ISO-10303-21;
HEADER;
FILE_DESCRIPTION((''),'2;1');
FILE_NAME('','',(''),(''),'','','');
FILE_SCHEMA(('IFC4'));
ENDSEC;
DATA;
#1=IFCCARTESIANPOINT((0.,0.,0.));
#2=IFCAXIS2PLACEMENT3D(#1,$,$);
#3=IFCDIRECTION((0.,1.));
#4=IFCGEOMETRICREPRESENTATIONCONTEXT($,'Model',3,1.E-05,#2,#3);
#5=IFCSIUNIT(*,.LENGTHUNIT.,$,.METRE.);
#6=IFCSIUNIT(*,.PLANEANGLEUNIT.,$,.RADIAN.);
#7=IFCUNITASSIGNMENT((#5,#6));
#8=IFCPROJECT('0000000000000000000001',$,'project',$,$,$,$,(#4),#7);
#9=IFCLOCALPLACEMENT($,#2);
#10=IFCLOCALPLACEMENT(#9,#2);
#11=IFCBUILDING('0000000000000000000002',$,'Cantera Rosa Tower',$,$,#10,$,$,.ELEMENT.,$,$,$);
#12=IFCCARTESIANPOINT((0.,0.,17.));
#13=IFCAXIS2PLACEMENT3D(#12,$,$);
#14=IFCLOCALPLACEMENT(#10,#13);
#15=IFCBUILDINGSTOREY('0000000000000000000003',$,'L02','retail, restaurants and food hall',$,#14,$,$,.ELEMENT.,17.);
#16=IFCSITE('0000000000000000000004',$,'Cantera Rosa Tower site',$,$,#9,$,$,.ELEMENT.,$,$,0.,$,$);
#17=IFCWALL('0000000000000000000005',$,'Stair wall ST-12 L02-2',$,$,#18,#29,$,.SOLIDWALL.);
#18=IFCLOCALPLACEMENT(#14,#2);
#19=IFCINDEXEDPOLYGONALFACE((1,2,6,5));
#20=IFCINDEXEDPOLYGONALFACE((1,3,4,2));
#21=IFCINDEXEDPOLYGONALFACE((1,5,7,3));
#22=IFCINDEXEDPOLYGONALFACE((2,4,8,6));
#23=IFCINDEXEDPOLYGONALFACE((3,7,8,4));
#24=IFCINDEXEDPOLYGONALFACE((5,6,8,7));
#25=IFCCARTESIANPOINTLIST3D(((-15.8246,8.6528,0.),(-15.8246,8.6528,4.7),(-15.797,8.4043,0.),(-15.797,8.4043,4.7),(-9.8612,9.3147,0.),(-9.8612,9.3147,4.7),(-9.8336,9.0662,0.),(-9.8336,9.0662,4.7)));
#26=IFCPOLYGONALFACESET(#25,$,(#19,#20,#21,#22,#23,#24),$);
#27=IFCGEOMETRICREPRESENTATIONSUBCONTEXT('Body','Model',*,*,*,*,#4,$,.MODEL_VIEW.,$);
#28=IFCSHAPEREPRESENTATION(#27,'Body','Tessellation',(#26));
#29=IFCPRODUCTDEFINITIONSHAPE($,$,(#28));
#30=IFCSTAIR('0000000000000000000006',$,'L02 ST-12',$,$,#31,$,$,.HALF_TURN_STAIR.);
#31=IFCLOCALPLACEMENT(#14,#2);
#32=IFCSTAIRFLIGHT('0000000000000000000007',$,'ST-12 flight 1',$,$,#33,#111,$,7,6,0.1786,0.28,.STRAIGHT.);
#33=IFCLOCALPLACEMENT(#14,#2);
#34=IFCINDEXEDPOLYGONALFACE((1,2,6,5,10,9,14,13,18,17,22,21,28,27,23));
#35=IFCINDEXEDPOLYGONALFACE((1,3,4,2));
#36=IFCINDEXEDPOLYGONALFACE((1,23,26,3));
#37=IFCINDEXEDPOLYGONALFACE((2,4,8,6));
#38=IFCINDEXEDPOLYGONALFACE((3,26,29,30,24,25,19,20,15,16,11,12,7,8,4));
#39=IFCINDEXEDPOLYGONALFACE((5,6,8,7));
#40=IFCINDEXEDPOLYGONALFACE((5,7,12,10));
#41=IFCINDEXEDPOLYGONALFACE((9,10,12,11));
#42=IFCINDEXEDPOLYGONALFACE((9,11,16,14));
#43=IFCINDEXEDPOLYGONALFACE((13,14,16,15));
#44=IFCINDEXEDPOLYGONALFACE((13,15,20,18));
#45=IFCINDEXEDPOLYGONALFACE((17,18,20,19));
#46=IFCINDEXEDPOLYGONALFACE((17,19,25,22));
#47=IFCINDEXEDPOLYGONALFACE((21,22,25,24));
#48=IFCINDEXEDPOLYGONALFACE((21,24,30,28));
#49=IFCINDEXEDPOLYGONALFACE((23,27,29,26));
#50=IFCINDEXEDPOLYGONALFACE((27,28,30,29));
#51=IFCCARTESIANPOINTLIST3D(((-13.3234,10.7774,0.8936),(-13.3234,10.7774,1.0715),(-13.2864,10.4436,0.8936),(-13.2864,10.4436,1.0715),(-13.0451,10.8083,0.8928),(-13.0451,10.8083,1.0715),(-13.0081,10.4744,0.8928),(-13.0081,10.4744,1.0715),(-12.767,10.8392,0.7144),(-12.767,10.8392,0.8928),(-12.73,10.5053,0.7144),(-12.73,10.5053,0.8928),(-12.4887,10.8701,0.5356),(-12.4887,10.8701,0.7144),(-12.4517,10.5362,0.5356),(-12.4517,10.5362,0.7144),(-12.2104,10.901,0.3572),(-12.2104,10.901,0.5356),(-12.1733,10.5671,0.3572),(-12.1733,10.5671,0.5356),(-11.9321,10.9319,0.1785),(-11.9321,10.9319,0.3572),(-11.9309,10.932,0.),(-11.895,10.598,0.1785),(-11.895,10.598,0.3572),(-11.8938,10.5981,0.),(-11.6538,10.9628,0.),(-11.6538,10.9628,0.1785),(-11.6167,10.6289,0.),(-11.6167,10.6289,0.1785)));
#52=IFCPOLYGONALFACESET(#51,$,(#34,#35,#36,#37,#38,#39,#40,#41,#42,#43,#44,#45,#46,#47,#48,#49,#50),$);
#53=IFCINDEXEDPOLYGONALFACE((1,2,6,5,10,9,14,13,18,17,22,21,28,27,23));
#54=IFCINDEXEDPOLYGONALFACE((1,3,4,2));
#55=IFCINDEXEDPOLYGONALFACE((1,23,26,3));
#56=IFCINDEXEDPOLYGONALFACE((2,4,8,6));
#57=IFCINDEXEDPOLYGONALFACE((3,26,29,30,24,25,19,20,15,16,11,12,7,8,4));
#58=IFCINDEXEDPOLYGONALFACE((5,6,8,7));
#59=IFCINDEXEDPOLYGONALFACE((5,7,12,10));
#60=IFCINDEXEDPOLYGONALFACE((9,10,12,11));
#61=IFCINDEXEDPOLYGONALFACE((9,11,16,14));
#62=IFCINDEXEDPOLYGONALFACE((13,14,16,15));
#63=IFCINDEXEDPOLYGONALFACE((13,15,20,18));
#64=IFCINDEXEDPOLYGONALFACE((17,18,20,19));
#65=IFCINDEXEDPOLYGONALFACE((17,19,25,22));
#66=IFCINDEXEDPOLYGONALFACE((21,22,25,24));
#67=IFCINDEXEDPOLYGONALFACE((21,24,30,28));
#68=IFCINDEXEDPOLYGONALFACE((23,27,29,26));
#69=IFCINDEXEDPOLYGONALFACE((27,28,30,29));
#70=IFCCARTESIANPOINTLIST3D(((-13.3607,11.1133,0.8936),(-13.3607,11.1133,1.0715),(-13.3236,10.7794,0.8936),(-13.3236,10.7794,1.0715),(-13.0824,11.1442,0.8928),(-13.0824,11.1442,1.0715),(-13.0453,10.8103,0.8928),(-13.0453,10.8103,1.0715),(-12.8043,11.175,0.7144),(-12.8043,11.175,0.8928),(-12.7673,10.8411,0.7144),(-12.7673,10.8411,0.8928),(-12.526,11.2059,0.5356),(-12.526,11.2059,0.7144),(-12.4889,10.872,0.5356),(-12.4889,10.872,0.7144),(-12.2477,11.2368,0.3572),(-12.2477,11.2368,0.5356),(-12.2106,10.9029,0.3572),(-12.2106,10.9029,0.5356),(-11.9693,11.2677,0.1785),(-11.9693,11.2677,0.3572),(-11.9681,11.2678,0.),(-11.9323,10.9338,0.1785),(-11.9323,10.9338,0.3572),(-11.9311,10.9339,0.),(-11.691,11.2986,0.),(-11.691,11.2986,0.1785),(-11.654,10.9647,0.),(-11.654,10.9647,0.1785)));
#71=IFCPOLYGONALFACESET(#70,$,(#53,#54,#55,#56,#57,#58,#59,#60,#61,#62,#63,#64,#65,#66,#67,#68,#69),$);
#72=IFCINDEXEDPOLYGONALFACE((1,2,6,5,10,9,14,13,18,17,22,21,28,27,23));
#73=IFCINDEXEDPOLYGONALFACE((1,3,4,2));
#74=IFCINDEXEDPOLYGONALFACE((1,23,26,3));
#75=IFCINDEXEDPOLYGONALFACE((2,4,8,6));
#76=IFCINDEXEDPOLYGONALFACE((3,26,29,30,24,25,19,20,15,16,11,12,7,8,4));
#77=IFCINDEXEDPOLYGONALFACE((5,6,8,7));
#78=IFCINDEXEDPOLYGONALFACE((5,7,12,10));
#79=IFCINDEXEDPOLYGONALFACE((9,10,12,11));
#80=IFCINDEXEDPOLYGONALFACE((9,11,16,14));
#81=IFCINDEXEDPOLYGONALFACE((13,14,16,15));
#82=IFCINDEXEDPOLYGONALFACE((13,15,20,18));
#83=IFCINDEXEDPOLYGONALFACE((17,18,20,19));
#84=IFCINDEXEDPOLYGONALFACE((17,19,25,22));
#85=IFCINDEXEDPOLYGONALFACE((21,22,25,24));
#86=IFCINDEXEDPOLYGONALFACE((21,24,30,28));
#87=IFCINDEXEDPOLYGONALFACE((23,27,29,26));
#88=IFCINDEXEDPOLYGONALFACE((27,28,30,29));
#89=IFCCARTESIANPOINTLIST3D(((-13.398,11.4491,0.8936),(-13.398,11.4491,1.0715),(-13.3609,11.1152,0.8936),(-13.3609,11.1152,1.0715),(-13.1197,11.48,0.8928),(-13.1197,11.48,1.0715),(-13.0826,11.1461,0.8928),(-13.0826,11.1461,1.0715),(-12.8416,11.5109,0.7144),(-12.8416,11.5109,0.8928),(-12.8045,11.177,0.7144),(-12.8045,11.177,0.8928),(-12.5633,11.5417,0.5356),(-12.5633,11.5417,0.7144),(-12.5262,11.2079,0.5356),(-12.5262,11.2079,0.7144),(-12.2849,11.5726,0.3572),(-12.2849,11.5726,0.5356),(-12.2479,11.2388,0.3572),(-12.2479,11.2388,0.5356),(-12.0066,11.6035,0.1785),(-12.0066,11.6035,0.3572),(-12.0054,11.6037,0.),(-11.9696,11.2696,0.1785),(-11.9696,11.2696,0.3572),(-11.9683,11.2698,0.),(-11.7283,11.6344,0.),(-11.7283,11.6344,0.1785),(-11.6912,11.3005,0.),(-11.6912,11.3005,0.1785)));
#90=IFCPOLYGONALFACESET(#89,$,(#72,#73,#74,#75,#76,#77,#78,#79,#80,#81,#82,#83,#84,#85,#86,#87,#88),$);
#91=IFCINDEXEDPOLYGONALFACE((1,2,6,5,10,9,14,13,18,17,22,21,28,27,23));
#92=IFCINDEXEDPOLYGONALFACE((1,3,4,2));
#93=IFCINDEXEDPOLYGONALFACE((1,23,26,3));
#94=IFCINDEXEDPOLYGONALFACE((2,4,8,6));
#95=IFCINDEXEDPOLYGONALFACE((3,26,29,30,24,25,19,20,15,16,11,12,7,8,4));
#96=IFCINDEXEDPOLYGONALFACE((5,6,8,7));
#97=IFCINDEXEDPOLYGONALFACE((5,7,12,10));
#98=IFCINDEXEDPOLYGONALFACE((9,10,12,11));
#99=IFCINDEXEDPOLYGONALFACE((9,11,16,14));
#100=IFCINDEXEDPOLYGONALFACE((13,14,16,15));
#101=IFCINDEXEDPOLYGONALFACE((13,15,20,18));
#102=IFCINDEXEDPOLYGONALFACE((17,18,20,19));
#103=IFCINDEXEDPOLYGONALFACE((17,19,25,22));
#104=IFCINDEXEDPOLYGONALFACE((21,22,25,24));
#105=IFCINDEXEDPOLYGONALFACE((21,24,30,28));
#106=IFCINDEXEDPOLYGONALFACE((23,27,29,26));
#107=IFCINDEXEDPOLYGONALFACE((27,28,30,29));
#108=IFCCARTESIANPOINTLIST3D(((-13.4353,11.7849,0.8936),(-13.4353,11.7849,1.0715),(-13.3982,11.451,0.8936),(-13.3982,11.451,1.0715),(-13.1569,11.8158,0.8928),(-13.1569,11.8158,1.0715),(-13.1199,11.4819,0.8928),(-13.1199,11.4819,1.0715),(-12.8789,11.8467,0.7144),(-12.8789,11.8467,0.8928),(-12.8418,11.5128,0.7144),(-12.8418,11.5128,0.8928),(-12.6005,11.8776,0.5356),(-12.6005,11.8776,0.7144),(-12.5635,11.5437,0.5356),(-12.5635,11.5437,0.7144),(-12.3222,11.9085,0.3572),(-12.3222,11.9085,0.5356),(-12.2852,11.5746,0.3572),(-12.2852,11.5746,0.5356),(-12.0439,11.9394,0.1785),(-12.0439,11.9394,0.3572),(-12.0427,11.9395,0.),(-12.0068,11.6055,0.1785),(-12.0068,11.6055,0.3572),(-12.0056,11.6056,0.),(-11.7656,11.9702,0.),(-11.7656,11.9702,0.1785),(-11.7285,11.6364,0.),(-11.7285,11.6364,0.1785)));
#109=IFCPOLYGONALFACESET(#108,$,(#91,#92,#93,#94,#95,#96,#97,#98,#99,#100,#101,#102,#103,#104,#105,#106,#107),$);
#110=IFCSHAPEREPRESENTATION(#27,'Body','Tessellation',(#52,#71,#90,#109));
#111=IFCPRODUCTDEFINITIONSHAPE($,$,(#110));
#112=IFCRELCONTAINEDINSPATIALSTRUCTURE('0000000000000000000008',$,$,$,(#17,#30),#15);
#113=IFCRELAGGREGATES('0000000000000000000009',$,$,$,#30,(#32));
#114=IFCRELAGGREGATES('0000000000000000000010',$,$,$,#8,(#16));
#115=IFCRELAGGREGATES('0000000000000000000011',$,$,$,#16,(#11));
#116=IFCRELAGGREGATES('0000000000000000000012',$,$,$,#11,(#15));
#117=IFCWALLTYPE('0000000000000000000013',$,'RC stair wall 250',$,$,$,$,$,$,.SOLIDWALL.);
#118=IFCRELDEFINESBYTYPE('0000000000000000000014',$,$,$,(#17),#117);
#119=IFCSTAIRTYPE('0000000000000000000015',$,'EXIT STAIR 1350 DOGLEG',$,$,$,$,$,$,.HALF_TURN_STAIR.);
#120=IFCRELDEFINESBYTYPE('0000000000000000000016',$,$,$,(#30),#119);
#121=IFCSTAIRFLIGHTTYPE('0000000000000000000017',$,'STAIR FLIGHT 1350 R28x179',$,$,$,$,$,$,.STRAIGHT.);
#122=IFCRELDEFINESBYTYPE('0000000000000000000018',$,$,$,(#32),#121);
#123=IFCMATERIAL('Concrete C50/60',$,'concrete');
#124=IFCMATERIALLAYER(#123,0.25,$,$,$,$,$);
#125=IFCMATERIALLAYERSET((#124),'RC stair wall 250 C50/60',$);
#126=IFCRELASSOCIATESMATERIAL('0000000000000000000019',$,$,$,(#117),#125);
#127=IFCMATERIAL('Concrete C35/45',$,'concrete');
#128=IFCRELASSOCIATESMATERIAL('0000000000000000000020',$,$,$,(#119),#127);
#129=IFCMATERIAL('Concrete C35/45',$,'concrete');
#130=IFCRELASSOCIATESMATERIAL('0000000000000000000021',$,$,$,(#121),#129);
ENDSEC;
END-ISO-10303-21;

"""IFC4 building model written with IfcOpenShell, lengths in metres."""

from ifc_helpers import new_model, si_unit, direction, frame, frame_2d, origin, place, context, subcontext, project, spatial, polyline, rectangle, outline, extrude, material, layer, layer_set, type_object, element, aggregate, save


model = new_model("IFC4")

# Units and contexts
model_context = context("Model", 3, precision=1e-05, world=origin(), true_north=direction((0.0, 1.0)))
body_context = subcontext(model_context, "Body", "Model", "MODEL_VIEW")
ifc_project = project(units=[si_unit("LENGTHUNIT", "METRE"), si_unit("PLANEANGLEUNIT", "RADIAN")], contexts=[model_context])

# Site, building, storey
site_placement = place(None, origin())
site = spatial("IfcSite", under=ifc_project, at=site_placement, Name="Cantera Rosa Tower site", CompositionType="ELEMENT", RefElevation=0.0)
building_placement = place(site_placement, origin())
building = spatial("IfcBuilding", under=site, at=building_placement, Name="Cantera Rosa Tower", CompositionType="ELEMENT")
storey_placement = place(building_placement, frame((0.0, 0.0, 17.0)))
storey = spatial("IfcBuildingStorey", under=building, at=storey_placement, Name="L02", Description="retail, restaurants and food hall", CompositionType="ELEMENT", Elevation=17.0)

# Wall
ifc_material_1 = material(Name="Concrete C50/60", Category="concrete")
ifc_layer_1 = layer(ifc_material_1, 0.25)
ifc_layer_set_1 = layer_set([ifc_layer_1], Name="RC stair wall 250 C50/60")
wall_type_1 = type_object("IfcWallType", Name="RC stair wall 250", PredefinedType="SOLIDWALL", material=ifc_layer_set_1)
wall_1_placement = place(storey_placement, frame((-9.8474, 9.1904, 0.0), z_axis=(0.0, 0.0, 1.0), x_axis=(-0.993897, -0.110311, 0.0)))
element("IfcWall", 1, at=wall_1_placement, inside=storey, type_object=wall_type_1, Name="Stair wall ST-12 L02-2", PredefinedType="SOLIDWALL", context=body_context, shape_type="SweptSolid", body=[
    extrude(rectangle(XDim=6.0, YDim=0.25, at=frame_2d((3.0, 0.0))), origin(), (0.0, 0.0, 1.0), 4.7),
])

# Stair, stair flight
ifc_material_2 = material(Name="Concrete C35/45", Category="concrete")
stair_type = type_object("IfcStairType", Name="EXIT STAIR 1350 DOGLEG", PredefinedType="HALF_TURN_STAIR", material=ifc_material_2)
stair_placement = place(storey_placement, origin())
stair = element("IfcStair", 2, at=stair_placement, inside=storey, type_object=stair_type, Name="L02 ST-12", PredefinedType="HALF_TURN_STAIR")
ifc_material_3 = material(Name="Concrete C35/45", Category="concrete")
stair_flight_type = type_object("IfcStairFlightType", Name="STAIR FLIGHT 1350 R28x179", PredefinedType="STRAIGHT", material=ifc_material_3)
stair_flight_1_placement = place(storey_placement, frame((-11.6912, 11.2998, 0.0), z_axis=(0.0, 0.0, 1.0), x_axis=(-0.993897, -0.110313, 0.0)))
stair_flight_1 = element("IfcStairFlight", 3, at=stair_flight_1_placement, type_object=stair_flight_type, Name="ST-12 flight 1", NumberOfRisers=7, NumberOfTreads=6, PredefinedType="STRAIGHT", RiserHeight=0.1786, TreadLength=0.28, context=body_context, shape_type="SweptSolid", body=[
    extrude(outline(polyline([(0.0, 0.0), (0.0, 0.1785), (0.28, 0.1785), (0.28, 0.3572), (0.5601, 0.3572), (0.5601, 0.5356), (0.8401, 0.5356), (0.8401, 0.7144), (1.1201, 0.7144), (1.1201, 0.8928), (1.3999, 0.8928), (1.3999, 1.0715), (1.6799, 1.0715), (1.6799, 1.25), (1.6799, 0.8936), (0.2788, 0.0), (0.0, 0.0)])), frame((0.0, 0.675, 0.0), z_axis=(0.0, -1.0, 0.0), x_axis=(1.0, 0.0, 0.0)), (0.0, 0.0, 1.0), 0.3359),
    extrude(outline(polyline([(0.0, 0.0), (0.0, 0.1785), (0.28, 0.1785), (0.28, 0.3572), (0.5601, 0.3572), (0.5601, 0.5356), (0.8401, 0.5356), (0.8401, 0.7144), (1.1201, 0.7144), (1.1201, 0.8928), (1.3999, 0.8928), (1.3999, 1.0715), (1.6799, 1.0715), (1.6799, 1.25), (1.6799, 0.8936), (0.2788, 0.0), (0.0, 0.0)])), frame((0.0, 0.3372, 0.0), z_axis=(0.0, -1.0, 0.0), x_axis=(1.0, 0.0, 0.0)), (0.0, 0.0, 1.0), 0.3359),
    extrude(outline(polyline([(0.0, 0.0), (0.0, 0.1785), (0.28, 0.1785), (0.28, 0.3572), (0.5601, 0.3572), (0.5601, 0.5356), (0.8401, 0.5356), (0.8401, 0.7144), (1.1201, 0.7144), (1.1201, 0.8928), (1.3999, 0.8928), (1.3999, 1.0715), (1.6799, 1.0715), (1.6799, 1.25), (1.6799, 0.8936), (0.2788, 0.0), (0.0, 0.0)])), frame((0.0, -0.0007, 0.0), z_axis=(0.0, -1.0, 0.0), x_axis=(1.0, 0.0, 0.0)), (0.0, 0.0, 1.0), 0.3359),
    extrude(outline(polyline([(0.0, 0.0), (0.0, 0.1785), (0.28, 0.1785), (0.28, 0.3572), (0.5601, 0.3572), (0.5601, 0.5356), (0.8401, 0.5356), (0.8401, 0.7144), (1.1201, 0.7144), (1.1201, 0.8928), (1.3999, 0.8928), (1.3999, 1.0715), (1.6799, 1.0715), (1.6799, 1.25), (1.6799, 0.8936), (0.2788, 0.0), (0.0, 0.0)])), frame((0.0, -0.3386, 0.0), z_axis=(0.0, -1.0, 0.0), x_axis=(1.0, 0.0, 0.0)), (0.0, 0.0, 1.0), 0.3359),
])
aggregate(stair, [stair_flight_1])

save(model, "model.ifc")
